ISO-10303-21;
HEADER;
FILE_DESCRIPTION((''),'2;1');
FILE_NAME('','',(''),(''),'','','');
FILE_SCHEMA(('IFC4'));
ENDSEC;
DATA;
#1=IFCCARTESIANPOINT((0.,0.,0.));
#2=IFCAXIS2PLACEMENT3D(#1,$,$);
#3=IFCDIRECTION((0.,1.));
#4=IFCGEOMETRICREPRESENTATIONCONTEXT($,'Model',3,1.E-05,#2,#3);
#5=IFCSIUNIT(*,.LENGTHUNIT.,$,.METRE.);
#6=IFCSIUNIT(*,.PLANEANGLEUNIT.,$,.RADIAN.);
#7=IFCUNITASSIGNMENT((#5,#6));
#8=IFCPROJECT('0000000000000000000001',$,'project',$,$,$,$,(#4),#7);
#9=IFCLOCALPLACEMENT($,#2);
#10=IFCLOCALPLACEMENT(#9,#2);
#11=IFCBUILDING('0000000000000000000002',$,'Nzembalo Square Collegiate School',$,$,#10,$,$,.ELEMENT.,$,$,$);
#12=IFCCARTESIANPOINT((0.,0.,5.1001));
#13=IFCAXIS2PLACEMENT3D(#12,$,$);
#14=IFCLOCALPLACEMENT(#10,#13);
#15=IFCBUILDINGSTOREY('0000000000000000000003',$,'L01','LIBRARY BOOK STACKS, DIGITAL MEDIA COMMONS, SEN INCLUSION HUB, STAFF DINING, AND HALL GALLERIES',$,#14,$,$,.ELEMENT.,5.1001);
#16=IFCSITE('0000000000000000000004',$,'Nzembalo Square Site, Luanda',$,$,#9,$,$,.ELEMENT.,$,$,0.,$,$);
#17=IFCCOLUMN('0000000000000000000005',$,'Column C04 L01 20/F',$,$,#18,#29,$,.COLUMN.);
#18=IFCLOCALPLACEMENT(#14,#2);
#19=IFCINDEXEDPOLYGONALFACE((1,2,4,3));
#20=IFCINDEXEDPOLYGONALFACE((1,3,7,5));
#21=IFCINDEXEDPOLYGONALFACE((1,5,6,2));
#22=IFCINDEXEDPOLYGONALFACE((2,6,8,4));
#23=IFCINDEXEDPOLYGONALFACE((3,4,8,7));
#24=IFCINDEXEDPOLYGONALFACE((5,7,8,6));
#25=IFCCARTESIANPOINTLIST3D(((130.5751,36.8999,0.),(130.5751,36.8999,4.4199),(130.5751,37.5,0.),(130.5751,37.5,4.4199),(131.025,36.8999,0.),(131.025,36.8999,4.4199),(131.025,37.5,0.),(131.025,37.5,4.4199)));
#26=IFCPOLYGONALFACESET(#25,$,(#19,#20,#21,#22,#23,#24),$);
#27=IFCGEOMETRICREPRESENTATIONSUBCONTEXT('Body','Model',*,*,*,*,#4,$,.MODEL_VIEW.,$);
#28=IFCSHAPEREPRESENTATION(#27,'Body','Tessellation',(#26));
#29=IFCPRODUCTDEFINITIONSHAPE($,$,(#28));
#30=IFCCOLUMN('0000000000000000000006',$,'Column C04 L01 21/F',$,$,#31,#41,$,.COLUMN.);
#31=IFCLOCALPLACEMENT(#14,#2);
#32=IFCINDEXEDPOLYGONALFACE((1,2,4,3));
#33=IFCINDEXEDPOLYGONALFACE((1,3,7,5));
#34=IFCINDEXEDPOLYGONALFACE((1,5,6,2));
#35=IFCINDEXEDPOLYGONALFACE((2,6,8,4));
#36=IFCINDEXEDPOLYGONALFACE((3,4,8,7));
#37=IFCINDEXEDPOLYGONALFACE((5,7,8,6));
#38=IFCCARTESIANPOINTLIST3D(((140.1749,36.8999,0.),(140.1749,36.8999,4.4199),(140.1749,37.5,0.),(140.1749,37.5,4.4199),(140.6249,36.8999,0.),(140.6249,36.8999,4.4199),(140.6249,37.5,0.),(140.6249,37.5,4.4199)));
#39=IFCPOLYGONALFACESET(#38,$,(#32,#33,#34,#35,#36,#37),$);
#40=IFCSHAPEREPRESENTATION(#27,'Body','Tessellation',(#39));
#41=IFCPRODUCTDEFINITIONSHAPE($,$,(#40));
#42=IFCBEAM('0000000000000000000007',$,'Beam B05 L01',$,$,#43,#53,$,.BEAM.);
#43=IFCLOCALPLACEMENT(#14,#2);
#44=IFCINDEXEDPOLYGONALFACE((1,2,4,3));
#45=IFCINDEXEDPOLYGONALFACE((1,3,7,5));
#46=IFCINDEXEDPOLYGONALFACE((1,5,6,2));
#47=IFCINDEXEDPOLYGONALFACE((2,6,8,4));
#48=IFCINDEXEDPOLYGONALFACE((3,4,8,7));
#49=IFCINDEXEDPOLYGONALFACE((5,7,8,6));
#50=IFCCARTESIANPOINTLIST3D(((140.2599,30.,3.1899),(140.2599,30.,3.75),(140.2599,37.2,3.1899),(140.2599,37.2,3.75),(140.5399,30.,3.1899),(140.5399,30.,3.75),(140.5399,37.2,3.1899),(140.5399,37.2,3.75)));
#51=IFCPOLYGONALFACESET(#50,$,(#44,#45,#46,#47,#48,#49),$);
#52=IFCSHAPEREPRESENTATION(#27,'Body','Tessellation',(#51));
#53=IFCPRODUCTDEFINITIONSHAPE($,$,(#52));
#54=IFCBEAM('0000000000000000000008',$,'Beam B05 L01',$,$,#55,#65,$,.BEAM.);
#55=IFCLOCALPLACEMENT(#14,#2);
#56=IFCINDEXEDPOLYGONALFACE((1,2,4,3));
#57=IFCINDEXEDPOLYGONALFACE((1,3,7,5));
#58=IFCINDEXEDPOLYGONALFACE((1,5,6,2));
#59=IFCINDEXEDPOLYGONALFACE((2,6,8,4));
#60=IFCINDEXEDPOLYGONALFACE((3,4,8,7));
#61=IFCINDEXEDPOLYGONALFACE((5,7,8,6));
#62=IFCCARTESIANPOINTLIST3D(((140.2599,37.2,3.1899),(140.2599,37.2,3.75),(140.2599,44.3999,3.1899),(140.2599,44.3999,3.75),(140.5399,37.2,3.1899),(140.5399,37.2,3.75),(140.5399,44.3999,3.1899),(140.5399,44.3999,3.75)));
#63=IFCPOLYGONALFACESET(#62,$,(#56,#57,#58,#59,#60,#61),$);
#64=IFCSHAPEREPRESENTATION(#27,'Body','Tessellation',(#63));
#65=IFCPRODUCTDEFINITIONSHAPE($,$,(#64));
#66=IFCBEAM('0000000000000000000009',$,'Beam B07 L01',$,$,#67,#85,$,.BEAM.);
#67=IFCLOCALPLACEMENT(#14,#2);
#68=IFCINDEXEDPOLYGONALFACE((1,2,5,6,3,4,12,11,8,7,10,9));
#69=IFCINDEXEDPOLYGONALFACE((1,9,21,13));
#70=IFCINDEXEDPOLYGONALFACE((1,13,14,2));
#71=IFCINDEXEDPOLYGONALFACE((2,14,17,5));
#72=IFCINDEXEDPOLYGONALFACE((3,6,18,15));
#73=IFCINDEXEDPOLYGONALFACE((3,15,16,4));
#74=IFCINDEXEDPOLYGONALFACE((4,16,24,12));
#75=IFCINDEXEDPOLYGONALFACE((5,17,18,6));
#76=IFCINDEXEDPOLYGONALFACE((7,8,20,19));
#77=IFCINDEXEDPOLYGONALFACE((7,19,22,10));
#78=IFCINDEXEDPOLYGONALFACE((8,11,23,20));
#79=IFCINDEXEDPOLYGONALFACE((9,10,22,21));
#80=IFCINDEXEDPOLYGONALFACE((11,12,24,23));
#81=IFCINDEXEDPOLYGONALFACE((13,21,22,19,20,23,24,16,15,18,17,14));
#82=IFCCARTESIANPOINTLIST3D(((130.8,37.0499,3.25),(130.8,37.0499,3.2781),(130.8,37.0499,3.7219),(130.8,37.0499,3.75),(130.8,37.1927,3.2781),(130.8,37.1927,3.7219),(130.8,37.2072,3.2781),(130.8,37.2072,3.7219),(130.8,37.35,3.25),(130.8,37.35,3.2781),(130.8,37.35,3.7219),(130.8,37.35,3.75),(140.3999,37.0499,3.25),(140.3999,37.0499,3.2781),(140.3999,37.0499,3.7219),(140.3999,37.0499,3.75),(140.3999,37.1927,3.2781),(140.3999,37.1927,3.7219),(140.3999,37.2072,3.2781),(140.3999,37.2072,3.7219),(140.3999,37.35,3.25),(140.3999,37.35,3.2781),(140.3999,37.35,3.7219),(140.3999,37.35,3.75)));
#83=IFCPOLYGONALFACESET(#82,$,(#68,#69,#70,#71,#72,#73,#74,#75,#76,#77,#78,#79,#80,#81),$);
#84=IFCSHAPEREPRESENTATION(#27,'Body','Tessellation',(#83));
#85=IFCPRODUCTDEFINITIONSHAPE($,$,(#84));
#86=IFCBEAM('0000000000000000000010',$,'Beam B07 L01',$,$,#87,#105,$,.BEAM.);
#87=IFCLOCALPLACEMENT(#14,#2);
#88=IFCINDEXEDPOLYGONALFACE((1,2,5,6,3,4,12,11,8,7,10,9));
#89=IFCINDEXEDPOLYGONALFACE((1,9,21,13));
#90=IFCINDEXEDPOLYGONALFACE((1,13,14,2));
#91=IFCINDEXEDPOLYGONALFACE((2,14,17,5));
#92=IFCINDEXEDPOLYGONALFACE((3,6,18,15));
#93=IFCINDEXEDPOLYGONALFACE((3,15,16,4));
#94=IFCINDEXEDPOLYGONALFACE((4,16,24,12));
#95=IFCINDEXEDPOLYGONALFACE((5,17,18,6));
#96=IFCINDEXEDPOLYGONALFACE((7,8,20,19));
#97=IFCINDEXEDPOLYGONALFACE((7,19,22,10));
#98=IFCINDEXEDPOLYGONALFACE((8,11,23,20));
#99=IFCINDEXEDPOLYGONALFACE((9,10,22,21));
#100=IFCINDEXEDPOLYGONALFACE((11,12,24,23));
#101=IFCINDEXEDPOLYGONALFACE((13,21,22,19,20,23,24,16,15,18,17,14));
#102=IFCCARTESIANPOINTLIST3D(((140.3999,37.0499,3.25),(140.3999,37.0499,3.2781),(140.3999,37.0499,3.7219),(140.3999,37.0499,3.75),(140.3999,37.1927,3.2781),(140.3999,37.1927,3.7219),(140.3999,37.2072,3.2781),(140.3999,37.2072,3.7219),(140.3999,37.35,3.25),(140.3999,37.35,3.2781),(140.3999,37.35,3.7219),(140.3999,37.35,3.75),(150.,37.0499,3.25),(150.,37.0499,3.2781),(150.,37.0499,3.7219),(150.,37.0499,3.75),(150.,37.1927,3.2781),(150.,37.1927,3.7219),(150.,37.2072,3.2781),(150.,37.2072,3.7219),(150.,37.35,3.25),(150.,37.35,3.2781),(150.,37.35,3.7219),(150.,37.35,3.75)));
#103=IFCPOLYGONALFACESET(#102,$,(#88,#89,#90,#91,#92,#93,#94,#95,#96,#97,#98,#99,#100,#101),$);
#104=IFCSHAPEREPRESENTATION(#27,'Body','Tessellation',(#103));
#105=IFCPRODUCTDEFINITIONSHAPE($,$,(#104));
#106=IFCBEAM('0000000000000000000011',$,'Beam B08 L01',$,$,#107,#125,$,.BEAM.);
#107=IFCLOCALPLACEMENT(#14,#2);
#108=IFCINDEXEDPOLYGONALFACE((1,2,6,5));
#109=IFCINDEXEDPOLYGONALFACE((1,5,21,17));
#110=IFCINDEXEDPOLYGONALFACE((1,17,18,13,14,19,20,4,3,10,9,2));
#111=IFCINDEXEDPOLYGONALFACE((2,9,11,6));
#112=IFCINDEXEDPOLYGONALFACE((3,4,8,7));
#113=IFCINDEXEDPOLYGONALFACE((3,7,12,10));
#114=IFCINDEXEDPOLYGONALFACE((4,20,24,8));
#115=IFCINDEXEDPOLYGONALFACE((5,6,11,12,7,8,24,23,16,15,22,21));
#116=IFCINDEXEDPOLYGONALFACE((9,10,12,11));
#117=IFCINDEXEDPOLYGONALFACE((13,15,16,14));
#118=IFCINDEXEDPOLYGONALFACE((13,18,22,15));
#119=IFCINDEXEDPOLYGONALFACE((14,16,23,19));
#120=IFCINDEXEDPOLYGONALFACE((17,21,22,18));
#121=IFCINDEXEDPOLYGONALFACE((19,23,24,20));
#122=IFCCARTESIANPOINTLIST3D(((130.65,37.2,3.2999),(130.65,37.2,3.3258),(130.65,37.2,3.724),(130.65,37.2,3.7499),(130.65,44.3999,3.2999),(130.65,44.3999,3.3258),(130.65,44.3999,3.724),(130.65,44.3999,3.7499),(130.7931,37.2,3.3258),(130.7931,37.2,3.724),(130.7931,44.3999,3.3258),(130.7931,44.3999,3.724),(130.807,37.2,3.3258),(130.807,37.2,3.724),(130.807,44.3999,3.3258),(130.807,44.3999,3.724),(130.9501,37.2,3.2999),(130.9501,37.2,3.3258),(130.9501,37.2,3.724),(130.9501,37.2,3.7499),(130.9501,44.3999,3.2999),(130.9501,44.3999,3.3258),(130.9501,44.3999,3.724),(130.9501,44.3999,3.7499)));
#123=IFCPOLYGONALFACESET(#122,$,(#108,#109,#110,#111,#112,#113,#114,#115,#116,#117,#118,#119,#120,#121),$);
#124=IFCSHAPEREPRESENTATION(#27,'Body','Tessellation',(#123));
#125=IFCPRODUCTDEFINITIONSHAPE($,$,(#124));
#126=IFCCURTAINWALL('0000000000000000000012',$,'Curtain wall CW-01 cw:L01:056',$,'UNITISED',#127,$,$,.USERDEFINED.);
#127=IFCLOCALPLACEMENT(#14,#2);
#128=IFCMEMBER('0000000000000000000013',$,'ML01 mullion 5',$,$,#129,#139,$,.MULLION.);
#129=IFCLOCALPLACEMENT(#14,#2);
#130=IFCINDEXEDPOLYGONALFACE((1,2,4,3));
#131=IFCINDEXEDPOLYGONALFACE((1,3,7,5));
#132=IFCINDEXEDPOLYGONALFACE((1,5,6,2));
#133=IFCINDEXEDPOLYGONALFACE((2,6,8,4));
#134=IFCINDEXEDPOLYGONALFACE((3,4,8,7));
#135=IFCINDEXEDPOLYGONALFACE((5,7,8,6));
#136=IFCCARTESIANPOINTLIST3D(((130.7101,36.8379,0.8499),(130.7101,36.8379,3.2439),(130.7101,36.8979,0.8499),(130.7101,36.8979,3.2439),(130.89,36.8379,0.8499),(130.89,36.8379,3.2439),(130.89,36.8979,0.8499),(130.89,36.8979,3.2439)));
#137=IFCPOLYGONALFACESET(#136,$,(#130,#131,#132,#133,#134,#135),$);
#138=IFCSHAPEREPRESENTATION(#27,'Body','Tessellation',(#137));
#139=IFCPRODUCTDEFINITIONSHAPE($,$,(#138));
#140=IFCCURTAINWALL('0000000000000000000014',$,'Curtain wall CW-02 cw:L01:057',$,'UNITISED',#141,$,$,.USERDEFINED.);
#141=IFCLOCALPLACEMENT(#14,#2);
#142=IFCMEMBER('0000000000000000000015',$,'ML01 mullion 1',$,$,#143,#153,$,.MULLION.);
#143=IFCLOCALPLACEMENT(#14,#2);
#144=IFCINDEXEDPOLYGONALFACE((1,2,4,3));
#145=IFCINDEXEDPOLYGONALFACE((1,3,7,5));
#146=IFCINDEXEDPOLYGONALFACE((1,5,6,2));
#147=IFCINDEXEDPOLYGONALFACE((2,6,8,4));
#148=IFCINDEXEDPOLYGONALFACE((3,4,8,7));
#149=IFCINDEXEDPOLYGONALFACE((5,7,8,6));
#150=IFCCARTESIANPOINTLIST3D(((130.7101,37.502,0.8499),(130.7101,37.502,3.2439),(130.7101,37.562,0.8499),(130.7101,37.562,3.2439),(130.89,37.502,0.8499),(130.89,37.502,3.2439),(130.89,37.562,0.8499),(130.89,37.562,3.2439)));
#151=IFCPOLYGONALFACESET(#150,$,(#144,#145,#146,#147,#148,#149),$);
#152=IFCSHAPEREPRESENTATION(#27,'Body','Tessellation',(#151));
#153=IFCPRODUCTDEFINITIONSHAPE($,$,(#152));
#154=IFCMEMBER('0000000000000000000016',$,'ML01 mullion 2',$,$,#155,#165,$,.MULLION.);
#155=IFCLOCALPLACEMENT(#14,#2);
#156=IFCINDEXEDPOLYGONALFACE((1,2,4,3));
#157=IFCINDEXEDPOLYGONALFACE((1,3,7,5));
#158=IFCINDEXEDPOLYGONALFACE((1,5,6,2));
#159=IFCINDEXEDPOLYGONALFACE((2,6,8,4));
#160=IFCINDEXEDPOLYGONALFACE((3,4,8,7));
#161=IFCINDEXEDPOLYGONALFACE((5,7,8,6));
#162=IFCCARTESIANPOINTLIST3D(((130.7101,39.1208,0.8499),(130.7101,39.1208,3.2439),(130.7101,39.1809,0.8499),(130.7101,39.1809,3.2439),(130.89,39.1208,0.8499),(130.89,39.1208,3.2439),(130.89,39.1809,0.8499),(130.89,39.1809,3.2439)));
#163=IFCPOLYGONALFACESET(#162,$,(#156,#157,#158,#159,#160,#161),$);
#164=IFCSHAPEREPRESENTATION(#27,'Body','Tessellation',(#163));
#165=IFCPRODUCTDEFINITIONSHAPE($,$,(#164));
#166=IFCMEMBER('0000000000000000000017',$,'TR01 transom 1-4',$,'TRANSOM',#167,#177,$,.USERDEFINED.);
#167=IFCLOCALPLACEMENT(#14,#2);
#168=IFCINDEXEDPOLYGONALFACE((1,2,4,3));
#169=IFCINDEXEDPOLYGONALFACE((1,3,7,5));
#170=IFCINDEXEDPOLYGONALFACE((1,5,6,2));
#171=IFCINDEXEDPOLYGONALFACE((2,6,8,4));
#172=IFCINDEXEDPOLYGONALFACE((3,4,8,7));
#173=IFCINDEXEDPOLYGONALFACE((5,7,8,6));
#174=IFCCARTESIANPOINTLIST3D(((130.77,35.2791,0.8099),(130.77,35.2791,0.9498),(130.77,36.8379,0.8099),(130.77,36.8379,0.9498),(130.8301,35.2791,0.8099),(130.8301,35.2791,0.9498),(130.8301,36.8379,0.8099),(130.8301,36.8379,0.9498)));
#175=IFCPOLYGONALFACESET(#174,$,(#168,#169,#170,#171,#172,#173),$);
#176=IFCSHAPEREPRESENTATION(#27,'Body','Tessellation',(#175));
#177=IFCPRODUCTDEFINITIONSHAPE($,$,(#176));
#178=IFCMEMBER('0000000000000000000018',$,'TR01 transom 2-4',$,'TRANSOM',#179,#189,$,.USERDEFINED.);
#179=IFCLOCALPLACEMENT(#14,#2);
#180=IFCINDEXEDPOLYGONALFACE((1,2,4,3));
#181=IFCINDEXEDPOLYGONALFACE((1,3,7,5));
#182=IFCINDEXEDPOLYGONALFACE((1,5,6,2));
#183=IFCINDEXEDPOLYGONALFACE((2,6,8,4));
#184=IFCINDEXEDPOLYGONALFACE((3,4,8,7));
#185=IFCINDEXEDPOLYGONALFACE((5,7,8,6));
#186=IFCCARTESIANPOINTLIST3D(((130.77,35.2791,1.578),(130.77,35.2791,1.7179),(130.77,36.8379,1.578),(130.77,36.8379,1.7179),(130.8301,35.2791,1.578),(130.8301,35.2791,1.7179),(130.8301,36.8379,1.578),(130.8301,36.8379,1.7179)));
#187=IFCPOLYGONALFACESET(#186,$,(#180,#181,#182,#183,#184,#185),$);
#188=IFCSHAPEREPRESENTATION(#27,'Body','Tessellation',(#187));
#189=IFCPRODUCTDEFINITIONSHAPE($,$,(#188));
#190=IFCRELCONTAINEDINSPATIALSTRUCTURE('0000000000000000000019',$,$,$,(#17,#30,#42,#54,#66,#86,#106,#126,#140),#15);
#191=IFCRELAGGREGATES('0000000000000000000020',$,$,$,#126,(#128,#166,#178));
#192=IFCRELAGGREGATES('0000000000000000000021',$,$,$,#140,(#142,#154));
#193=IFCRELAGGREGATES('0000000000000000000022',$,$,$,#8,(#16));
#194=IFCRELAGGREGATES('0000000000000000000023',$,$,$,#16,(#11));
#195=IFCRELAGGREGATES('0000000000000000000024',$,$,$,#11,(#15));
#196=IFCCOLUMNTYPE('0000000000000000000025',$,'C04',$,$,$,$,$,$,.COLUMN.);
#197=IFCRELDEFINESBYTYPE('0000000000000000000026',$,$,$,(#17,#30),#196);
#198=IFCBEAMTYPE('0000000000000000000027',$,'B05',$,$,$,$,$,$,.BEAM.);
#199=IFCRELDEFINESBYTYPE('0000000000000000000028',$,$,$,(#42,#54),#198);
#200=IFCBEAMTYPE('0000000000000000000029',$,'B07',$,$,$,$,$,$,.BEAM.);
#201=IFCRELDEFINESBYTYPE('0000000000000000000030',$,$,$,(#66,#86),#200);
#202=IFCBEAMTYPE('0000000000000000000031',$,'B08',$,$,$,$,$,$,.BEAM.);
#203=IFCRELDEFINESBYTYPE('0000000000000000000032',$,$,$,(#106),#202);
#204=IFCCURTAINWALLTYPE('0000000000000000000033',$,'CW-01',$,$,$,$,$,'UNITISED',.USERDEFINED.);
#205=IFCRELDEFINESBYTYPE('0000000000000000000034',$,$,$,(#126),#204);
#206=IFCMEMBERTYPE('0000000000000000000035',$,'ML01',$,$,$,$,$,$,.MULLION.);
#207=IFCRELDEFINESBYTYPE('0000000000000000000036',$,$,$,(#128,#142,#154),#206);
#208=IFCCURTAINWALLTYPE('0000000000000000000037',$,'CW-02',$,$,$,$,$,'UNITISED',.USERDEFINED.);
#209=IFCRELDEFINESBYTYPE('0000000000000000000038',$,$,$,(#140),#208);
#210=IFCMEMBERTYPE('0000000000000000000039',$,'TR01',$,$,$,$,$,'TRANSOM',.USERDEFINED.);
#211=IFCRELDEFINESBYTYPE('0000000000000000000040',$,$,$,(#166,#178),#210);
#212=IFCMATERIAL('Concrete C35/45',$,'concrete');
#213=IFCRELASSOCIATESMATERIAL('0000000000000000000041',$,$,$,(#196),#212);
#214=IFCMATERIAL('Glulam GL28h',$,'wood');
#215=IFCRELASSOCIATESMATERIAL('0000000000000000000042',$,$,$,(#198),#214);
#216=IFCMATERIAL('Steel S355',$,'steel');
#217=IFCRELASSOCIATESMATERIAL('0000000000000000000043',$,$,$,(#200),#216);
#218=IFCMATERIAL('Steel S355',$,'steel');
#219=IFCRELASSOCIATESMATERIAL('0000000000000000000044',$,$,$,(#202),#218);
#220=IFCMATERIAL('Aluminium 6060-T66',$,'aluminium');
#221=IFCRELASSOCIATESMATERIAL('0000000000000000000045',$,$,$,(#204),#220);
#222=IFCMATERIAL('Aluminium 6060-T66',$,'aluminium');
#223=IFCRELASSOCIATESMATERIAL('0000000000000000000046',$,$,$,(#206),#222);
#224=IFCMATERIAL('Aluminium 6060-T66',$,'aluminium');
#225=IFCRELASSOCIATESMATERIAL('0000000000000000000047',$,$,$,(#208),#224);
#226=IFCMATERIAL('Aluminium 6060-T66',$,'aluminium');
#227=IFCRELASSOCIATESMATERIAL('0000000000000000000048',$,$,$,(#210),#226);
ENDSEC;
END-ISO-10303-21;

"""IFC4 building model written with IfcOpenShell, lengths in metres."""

from ifc_helpers import new_model, si_unit, direction, frame, origin, origin_2d, place, context, subcontext, project, spatial, rectangle, i_section, extrude, material, material_profile, profile_set, type_object, element, aggregate, save


model = new_model("IFC4")

# Units and contexts
model_context = context("Model", 3, precision=1e-05, world=origin(), true_north=direction((0.0, 1.0)))
body_context = subcontext(model_context, "Body", "Model", "MODEL_VIEW")
ifc_project = project(units=[si_unit("LENGTHUNIT", "METRE"), si_unit("PLANEANGLEUNIT", "RADIAN")], contexts=[model_context])

# Site, building, storey
site_placement = place(None, origin())
site = spatial("IfcSite", under=ifc_project, at=site_placement, Name="Nzembalo Square Site, Luanda", CompositionType="ELEMENT", RefElevation=0.0)
building_placement = place(site_placement, origin())
building = spatial("IfcBuilding", under=site, at=building_placement, Name="Nzembalo Square Collegiate School", CompositionType="ELEMENT")
storey_placement = place(building_placement, frame((0.0, 0.0, 5.1001)))
storey = spatial("IfcBuildingStorey", under=building, at=storey_placement, Name="L01", Description="LIBRARY BOOK STACKS, DIGITAL MEDIA COMMONS, SEN INCLUSION HUB, STAFF DINING, AND HALL GALLERIES", CompositionType="ELEMENT", Elevation=5.1001)

# Columns
ifc_material_1 = material(Name="Concrete C35/45", Category="concrete")
ifc_material_profile_1 = material_profile(ifc_material_1, rectangle(XDim=0.45, YDim=0.6001, at=origin_2d()), Name="RC 450x600")
ifc_profile_set_1 = profile_set([ifc_material_profile_1], Name="Concrete C35/45")
column_type = type_object("IfcColumnType", Name="C04", PredefinedType="COLUMN", material=ifc_profile_set_1)
for number, where, z_axis, x_axis, name in (
    (1, (130.8, 37.2, 0.0), (0.0, 0.0, 1.0), (1.0, 0.0, 0.0), "Column C04 L01 20/F"),
    (2, (140.3999, 37.2, 0.0), (0.0, 0.0, 1.0), (1.0, 0.0, 0.0), "Column C04 L01 21/F"),
):
    element("IfcColumn", number, at=place(storey_placement, frame(where, z_axis=z_axis, x_axis=x_axis)), inside=storey, type_object=column_type, Name=name, PredefinedType="COLUMN", context=body_context, shape_type="SweptSolid", body=[
        extrude(rectangle(XDim=0.45, YDim=0.6001, at=origin_2d()), origin(), (0.0, 0.0, 1.0), 4.4199),
    ])

# Beams
ifc_material_2 = material(Name="Glulam GL28h", Category="wood")
ifc_material_profile_2 = material_profile(ifc_material_2, rectangle(XDim=0.28, YDim=0.5601, at=origin_2d()), Name="GL28h 280x560")
ifc_profile_set_2 = profile_set([ifc_material_profile_2], Name="Glulam GL28h")
beam_type_1 = type_object("IfcBeamType", Name="B05", PredefinedType="BEAM", material=ifc_profile_set_2)
for number, where, z_axis, x_axis, name in (
    (3, (140.3999, 30.0, 3.47), (0.0, 1.0, 0.0), (-1.0, 0.0, 0.0), "Beam B05 L01"),
    (4, (140.3999, 37.2, 3.47), (0.0, 1.0, 0.0), (-1.0, 0.0, 0.0), "Beam B05 L01"),
):
    element("IfcBeam", number, at=place(storey_placement, frame(where, z_axis=z_axis, x_axis=x_axis)), inside=storey, type_object=beam_type_1, Name=name, PredefinedType="BEAM", context=body_context, shape_type="SweptSolid", body=[
        extrude(rectangle(XDim=0.28, YDim=0.5601, at=origin_2d()), origin(), (0.0, 0.0, 1.0), 7.2),
    ])
ifc_material_3 = material(Name="Steel S355", Category="steel")
ifc_material_profile_3 = material_profile(ifc_material_3, i_section(OverallWidth=0.3, OverallDepth=0.5, WebThickness=0.0144, FlangeThickness=0.0281, at=origin_2d()), Name="HEB 500")
ifc_profile_set_3 = profile_set([ifc_material_profile_3], Name="Steel S355")
beam_type_2 = type_object("IfcBeamType", Name="B07", PredefinedType="BEAM", material=ifc_profile_set_3)
beam_1_placement = place(storey_placement, frame((130.8, 37.2, 3.5), z_axis=(1.0, 0.0, 0.0), x_axis=(0.0, 1.0, 0.0)))
element("IfcBeam", 5, at=beam_1_placement, inside=storey, type_object=beam_type_2, Name="Beam B07 L01", PredefinedType="BEAM", context=body_context, shape_type="SweptSolid", body=[
    extrude(i_section(OverallWidth=0.3, OverallDepth=0.5, WebThickness=0.0144, FlangeThickness=0.0281, at=origin_2d()), origin(), (0.0, 0.0, 1.0), 9.5999),
])
beam_2_placement = place(storey_placement, frame((140.3999, 37.2, 3.5), z_axis=(1.0, 0.0, 0.0), x_axis=(0.0, 1.0, 0.0)))
element("IfcBeam", 6, at=beam_2_placement, inside=storey, type_object=beam_type_2, Name="Beam B07 L01", PredefinedType="BEAM", context=body_context, shape_type="SweptSolid", body=[
    extrude(i_section(OverallWidth=0.3, OverallDepth=0.5, WebThickness=0.0144, FlangeThickness=0.0281, at=origin_2d()), origin(), (0.0, 0.0, 1.0), 9.6001),
])
ifc_material_4 = material(Name="Steel S355", Category="steel")
ifc_material_profile_4 = material_profile(ifc_material_4, i_section(OverallWidth=0.3, OverallDepth=0.45, WebThickness=0.0139, FlangeThickness=0.0259, at=origin_2d()), Name="HEB 450")
ifc_profile_set_4 = profile_set([ifc_material_profile_4], Name="Steel S355")
beam_type_3 = type_object("IfcBeamType", Name="B08", PredefinedType="BEAM", material=ifc_profile_set_4)
beam_3_placement = place(storey_placement, frame((130.8, 37.2, 3.5249), z_axis=(0.0, 1.0, 0.0), x_axis=(-1.0, 0.0, 0.0)))
element("IfcBeam", 7, at=beam_3_placement, inside=storey, type_object=beam_type_3, Name="Beam B08 L01", PredefinedType="BEAM", context=body_context, shape_type="SweptSolid", body=[
    extrude(i_section(OverallWidth=0.3, OverallDepth=0.45, WebThickness=0.0139, FlangeThickness=0.0259, at=origin_2d()), origin(), (0.0, 0.0, 1.0), 7.2),
])

# Curtain wall, member
ifc_material_5 = material(Name="Aluminium 6060-T66", Category="aluminium")
curtain_wall_type_1 = type_object("IfcCurtainWallType", Name="CW-01", ElementType="UNITISED", PredefinedType="USERDEFINED", material=ifc_material_5)
curtain_wall_1_placement = place(storey_placement, origin())
curtain_wall_1 = element("IfcCurtainWall", 8, at=curtain_wall_1_placement, inside=storey, type_object=curtain_wall_type_1, Name="Curtain wall CW-01 cw:L01:056", ObjectType="UNITISED", PredefinedType="USERDEFINED")
ifc_material_6 = material(Name="Aluminium 6060-T66", Category="aluminium")
ifc_material_profile_5 = material_profile(ifc_material_6, rectangle(XDim=0.0601, YDim=0.1799, at=origin_2d()), Name="ALU M60x180")
ifc_profile_set_5 = profile_set([ifc_material_profile_5], Name="Aluminium 6060-T66")
member_type_1 = type_object("IfcMemberType", Name="ML01", PredefinedType="MULLION", material=ifc_profile_set_5)
member_1_placement = place(storey_placement, frame((130.8, 36.8679, 0.8499), z_axis=(0.0, 0.0, 1.0), x_axis=(0.0, 1.0, 0.0)))
member_1 = element("IfcMember", 9, at=member_1_placement, type_object=member_type_1, Name="ML01 mullion 5", PredefinedType="MULLION", context=body_context, shape_type="SweptSolid", body=[
    extrude(rectangle(XDim=0.0601, YDim=0.1799, at=origin_2d()), origin(), (0.0, 0.0, 1.0), 2.394),
])

# Curtain wall, members
ifc_material_7 = material(Name="Aluminium 6060-T66", Category="aluminium")
curtain_wall_type_2 = type_object("IfcCurtainWallType", Name="CW-02", ElementType="UNITISED", PredefinedType="USERDEFINED", material=ifc_material_7)
curtain_wall_2_placement = place(storey_placement, origin())
curtain_wall_2 = element("IfcCurtainWall", 10, at=curtain_wall_2_placement, inside=storey, type_object=curtain_wall_type_2, Name="Curtain wall CW-02 cw:L01:057", ObjectType="UNITISED", PredefinedType="USERDEFINED")
member_2_placement = place(storey_placement, frame((130.8, 37.532, 0.8499), z_axis=(0.0, 0.0, 1.0), x_axis=(0.0, 1.0, 0.0)))
member_2 = element("IfcMember", 11, at=member_2_placement, type_object=member_type_1, Name="ML01 mullion 1", PredefinedType="MULLION", context=body_context, shape_type="SweptSolid", body=[
    extrude(rectangle(XDim=0.0601, YDim=0.1799, at=origin_2d()), origin(), (0.0, 0.0, 1.0), 2.394),
])
member_3_placement = place(storey_placement, frame((130.8, 39.1509, 0.8499), z_axis=(0.0, 0.0, 1.0), x_axis=(0.0, 1.0, 0.0)))
member_3 = element("IfcMember", 12, at=member_3_placement, type_object=member_type_1, Name="ML01 mullion 2", PredefinedType="MULLION", context=body_context, shape_type="SweptSolid", body=[
    extrude(rectangle(XDim=0.0601, YDim=0.1799, at=origin_2d()), origin(), (0.0, 0.0, 1.0), 2.394),
])

# Members
ifc_material_8 = material(Name="Aluminium 6060-T66", Category="aluminium")
ifc_material_profile_6 = material_profile(ifc_material_8, rectangle(XDim=0.0601, YDim=0.1399, at=origin_2d()), Name="ALU T60x140")
ifc_profile_set_6 = profile_set([ifc_material_profile_6], Name="Aluminium 6060-T66")
member_type_2 = type_object("IfcMemberType", Name="TR01", ElementType="TRANSOM", PredefinedType="USERDEFINED", material=ifc_profile_set_6)
member_4_placement = place(storey_placement, frame((130.8, 35.2791, 0.8799), z_axis=(0.0, 1.0, 0.0), x_axis=(-1.0, 0.0, 0.0)))
member_4 = element("IfcMember", 13, at=member_4_placement, type_object=member_type_2, Name="TR01 transom 1-4", ObjectType="TRANSOM", PredefinedType="USERDEFINED", context=body_context, shape_type="SweptSolid", body=[
    extrude(rectangle(XDim=0.0601, YDim=0.1399, at=origin_2d()), origin(), (0.0, 0.0, 1.0), 1.5588),
])
member_5_placement = place(storey_placement, frame((130.8, 35.2791, 1.6479), z_axis=(0.0, 1.0, 0.0), x_axis=(-1.0, 0.0, 0.0)))
member_5 = element("IfcMember", 14, at=member_5_placement, type_object=member_type_2, Name="TR01 transom 2-4", ObjectType="TRANSOM", PredefinedType="USERDEFINED", context=body_context, shape_type="SweptSolid", body=[
    extrude(rectangle(XDim=0.0601, YDim=0.1399, at=origin_2d()), origin(), (0.0, 0.0, 1.0), 1.5588),
])

aggregate(curtain_wall_1, [member_1, member_4, member_5])
aggregate(curtain_wall_2, [member_2, member_3])

save(model, "model.ifc")
